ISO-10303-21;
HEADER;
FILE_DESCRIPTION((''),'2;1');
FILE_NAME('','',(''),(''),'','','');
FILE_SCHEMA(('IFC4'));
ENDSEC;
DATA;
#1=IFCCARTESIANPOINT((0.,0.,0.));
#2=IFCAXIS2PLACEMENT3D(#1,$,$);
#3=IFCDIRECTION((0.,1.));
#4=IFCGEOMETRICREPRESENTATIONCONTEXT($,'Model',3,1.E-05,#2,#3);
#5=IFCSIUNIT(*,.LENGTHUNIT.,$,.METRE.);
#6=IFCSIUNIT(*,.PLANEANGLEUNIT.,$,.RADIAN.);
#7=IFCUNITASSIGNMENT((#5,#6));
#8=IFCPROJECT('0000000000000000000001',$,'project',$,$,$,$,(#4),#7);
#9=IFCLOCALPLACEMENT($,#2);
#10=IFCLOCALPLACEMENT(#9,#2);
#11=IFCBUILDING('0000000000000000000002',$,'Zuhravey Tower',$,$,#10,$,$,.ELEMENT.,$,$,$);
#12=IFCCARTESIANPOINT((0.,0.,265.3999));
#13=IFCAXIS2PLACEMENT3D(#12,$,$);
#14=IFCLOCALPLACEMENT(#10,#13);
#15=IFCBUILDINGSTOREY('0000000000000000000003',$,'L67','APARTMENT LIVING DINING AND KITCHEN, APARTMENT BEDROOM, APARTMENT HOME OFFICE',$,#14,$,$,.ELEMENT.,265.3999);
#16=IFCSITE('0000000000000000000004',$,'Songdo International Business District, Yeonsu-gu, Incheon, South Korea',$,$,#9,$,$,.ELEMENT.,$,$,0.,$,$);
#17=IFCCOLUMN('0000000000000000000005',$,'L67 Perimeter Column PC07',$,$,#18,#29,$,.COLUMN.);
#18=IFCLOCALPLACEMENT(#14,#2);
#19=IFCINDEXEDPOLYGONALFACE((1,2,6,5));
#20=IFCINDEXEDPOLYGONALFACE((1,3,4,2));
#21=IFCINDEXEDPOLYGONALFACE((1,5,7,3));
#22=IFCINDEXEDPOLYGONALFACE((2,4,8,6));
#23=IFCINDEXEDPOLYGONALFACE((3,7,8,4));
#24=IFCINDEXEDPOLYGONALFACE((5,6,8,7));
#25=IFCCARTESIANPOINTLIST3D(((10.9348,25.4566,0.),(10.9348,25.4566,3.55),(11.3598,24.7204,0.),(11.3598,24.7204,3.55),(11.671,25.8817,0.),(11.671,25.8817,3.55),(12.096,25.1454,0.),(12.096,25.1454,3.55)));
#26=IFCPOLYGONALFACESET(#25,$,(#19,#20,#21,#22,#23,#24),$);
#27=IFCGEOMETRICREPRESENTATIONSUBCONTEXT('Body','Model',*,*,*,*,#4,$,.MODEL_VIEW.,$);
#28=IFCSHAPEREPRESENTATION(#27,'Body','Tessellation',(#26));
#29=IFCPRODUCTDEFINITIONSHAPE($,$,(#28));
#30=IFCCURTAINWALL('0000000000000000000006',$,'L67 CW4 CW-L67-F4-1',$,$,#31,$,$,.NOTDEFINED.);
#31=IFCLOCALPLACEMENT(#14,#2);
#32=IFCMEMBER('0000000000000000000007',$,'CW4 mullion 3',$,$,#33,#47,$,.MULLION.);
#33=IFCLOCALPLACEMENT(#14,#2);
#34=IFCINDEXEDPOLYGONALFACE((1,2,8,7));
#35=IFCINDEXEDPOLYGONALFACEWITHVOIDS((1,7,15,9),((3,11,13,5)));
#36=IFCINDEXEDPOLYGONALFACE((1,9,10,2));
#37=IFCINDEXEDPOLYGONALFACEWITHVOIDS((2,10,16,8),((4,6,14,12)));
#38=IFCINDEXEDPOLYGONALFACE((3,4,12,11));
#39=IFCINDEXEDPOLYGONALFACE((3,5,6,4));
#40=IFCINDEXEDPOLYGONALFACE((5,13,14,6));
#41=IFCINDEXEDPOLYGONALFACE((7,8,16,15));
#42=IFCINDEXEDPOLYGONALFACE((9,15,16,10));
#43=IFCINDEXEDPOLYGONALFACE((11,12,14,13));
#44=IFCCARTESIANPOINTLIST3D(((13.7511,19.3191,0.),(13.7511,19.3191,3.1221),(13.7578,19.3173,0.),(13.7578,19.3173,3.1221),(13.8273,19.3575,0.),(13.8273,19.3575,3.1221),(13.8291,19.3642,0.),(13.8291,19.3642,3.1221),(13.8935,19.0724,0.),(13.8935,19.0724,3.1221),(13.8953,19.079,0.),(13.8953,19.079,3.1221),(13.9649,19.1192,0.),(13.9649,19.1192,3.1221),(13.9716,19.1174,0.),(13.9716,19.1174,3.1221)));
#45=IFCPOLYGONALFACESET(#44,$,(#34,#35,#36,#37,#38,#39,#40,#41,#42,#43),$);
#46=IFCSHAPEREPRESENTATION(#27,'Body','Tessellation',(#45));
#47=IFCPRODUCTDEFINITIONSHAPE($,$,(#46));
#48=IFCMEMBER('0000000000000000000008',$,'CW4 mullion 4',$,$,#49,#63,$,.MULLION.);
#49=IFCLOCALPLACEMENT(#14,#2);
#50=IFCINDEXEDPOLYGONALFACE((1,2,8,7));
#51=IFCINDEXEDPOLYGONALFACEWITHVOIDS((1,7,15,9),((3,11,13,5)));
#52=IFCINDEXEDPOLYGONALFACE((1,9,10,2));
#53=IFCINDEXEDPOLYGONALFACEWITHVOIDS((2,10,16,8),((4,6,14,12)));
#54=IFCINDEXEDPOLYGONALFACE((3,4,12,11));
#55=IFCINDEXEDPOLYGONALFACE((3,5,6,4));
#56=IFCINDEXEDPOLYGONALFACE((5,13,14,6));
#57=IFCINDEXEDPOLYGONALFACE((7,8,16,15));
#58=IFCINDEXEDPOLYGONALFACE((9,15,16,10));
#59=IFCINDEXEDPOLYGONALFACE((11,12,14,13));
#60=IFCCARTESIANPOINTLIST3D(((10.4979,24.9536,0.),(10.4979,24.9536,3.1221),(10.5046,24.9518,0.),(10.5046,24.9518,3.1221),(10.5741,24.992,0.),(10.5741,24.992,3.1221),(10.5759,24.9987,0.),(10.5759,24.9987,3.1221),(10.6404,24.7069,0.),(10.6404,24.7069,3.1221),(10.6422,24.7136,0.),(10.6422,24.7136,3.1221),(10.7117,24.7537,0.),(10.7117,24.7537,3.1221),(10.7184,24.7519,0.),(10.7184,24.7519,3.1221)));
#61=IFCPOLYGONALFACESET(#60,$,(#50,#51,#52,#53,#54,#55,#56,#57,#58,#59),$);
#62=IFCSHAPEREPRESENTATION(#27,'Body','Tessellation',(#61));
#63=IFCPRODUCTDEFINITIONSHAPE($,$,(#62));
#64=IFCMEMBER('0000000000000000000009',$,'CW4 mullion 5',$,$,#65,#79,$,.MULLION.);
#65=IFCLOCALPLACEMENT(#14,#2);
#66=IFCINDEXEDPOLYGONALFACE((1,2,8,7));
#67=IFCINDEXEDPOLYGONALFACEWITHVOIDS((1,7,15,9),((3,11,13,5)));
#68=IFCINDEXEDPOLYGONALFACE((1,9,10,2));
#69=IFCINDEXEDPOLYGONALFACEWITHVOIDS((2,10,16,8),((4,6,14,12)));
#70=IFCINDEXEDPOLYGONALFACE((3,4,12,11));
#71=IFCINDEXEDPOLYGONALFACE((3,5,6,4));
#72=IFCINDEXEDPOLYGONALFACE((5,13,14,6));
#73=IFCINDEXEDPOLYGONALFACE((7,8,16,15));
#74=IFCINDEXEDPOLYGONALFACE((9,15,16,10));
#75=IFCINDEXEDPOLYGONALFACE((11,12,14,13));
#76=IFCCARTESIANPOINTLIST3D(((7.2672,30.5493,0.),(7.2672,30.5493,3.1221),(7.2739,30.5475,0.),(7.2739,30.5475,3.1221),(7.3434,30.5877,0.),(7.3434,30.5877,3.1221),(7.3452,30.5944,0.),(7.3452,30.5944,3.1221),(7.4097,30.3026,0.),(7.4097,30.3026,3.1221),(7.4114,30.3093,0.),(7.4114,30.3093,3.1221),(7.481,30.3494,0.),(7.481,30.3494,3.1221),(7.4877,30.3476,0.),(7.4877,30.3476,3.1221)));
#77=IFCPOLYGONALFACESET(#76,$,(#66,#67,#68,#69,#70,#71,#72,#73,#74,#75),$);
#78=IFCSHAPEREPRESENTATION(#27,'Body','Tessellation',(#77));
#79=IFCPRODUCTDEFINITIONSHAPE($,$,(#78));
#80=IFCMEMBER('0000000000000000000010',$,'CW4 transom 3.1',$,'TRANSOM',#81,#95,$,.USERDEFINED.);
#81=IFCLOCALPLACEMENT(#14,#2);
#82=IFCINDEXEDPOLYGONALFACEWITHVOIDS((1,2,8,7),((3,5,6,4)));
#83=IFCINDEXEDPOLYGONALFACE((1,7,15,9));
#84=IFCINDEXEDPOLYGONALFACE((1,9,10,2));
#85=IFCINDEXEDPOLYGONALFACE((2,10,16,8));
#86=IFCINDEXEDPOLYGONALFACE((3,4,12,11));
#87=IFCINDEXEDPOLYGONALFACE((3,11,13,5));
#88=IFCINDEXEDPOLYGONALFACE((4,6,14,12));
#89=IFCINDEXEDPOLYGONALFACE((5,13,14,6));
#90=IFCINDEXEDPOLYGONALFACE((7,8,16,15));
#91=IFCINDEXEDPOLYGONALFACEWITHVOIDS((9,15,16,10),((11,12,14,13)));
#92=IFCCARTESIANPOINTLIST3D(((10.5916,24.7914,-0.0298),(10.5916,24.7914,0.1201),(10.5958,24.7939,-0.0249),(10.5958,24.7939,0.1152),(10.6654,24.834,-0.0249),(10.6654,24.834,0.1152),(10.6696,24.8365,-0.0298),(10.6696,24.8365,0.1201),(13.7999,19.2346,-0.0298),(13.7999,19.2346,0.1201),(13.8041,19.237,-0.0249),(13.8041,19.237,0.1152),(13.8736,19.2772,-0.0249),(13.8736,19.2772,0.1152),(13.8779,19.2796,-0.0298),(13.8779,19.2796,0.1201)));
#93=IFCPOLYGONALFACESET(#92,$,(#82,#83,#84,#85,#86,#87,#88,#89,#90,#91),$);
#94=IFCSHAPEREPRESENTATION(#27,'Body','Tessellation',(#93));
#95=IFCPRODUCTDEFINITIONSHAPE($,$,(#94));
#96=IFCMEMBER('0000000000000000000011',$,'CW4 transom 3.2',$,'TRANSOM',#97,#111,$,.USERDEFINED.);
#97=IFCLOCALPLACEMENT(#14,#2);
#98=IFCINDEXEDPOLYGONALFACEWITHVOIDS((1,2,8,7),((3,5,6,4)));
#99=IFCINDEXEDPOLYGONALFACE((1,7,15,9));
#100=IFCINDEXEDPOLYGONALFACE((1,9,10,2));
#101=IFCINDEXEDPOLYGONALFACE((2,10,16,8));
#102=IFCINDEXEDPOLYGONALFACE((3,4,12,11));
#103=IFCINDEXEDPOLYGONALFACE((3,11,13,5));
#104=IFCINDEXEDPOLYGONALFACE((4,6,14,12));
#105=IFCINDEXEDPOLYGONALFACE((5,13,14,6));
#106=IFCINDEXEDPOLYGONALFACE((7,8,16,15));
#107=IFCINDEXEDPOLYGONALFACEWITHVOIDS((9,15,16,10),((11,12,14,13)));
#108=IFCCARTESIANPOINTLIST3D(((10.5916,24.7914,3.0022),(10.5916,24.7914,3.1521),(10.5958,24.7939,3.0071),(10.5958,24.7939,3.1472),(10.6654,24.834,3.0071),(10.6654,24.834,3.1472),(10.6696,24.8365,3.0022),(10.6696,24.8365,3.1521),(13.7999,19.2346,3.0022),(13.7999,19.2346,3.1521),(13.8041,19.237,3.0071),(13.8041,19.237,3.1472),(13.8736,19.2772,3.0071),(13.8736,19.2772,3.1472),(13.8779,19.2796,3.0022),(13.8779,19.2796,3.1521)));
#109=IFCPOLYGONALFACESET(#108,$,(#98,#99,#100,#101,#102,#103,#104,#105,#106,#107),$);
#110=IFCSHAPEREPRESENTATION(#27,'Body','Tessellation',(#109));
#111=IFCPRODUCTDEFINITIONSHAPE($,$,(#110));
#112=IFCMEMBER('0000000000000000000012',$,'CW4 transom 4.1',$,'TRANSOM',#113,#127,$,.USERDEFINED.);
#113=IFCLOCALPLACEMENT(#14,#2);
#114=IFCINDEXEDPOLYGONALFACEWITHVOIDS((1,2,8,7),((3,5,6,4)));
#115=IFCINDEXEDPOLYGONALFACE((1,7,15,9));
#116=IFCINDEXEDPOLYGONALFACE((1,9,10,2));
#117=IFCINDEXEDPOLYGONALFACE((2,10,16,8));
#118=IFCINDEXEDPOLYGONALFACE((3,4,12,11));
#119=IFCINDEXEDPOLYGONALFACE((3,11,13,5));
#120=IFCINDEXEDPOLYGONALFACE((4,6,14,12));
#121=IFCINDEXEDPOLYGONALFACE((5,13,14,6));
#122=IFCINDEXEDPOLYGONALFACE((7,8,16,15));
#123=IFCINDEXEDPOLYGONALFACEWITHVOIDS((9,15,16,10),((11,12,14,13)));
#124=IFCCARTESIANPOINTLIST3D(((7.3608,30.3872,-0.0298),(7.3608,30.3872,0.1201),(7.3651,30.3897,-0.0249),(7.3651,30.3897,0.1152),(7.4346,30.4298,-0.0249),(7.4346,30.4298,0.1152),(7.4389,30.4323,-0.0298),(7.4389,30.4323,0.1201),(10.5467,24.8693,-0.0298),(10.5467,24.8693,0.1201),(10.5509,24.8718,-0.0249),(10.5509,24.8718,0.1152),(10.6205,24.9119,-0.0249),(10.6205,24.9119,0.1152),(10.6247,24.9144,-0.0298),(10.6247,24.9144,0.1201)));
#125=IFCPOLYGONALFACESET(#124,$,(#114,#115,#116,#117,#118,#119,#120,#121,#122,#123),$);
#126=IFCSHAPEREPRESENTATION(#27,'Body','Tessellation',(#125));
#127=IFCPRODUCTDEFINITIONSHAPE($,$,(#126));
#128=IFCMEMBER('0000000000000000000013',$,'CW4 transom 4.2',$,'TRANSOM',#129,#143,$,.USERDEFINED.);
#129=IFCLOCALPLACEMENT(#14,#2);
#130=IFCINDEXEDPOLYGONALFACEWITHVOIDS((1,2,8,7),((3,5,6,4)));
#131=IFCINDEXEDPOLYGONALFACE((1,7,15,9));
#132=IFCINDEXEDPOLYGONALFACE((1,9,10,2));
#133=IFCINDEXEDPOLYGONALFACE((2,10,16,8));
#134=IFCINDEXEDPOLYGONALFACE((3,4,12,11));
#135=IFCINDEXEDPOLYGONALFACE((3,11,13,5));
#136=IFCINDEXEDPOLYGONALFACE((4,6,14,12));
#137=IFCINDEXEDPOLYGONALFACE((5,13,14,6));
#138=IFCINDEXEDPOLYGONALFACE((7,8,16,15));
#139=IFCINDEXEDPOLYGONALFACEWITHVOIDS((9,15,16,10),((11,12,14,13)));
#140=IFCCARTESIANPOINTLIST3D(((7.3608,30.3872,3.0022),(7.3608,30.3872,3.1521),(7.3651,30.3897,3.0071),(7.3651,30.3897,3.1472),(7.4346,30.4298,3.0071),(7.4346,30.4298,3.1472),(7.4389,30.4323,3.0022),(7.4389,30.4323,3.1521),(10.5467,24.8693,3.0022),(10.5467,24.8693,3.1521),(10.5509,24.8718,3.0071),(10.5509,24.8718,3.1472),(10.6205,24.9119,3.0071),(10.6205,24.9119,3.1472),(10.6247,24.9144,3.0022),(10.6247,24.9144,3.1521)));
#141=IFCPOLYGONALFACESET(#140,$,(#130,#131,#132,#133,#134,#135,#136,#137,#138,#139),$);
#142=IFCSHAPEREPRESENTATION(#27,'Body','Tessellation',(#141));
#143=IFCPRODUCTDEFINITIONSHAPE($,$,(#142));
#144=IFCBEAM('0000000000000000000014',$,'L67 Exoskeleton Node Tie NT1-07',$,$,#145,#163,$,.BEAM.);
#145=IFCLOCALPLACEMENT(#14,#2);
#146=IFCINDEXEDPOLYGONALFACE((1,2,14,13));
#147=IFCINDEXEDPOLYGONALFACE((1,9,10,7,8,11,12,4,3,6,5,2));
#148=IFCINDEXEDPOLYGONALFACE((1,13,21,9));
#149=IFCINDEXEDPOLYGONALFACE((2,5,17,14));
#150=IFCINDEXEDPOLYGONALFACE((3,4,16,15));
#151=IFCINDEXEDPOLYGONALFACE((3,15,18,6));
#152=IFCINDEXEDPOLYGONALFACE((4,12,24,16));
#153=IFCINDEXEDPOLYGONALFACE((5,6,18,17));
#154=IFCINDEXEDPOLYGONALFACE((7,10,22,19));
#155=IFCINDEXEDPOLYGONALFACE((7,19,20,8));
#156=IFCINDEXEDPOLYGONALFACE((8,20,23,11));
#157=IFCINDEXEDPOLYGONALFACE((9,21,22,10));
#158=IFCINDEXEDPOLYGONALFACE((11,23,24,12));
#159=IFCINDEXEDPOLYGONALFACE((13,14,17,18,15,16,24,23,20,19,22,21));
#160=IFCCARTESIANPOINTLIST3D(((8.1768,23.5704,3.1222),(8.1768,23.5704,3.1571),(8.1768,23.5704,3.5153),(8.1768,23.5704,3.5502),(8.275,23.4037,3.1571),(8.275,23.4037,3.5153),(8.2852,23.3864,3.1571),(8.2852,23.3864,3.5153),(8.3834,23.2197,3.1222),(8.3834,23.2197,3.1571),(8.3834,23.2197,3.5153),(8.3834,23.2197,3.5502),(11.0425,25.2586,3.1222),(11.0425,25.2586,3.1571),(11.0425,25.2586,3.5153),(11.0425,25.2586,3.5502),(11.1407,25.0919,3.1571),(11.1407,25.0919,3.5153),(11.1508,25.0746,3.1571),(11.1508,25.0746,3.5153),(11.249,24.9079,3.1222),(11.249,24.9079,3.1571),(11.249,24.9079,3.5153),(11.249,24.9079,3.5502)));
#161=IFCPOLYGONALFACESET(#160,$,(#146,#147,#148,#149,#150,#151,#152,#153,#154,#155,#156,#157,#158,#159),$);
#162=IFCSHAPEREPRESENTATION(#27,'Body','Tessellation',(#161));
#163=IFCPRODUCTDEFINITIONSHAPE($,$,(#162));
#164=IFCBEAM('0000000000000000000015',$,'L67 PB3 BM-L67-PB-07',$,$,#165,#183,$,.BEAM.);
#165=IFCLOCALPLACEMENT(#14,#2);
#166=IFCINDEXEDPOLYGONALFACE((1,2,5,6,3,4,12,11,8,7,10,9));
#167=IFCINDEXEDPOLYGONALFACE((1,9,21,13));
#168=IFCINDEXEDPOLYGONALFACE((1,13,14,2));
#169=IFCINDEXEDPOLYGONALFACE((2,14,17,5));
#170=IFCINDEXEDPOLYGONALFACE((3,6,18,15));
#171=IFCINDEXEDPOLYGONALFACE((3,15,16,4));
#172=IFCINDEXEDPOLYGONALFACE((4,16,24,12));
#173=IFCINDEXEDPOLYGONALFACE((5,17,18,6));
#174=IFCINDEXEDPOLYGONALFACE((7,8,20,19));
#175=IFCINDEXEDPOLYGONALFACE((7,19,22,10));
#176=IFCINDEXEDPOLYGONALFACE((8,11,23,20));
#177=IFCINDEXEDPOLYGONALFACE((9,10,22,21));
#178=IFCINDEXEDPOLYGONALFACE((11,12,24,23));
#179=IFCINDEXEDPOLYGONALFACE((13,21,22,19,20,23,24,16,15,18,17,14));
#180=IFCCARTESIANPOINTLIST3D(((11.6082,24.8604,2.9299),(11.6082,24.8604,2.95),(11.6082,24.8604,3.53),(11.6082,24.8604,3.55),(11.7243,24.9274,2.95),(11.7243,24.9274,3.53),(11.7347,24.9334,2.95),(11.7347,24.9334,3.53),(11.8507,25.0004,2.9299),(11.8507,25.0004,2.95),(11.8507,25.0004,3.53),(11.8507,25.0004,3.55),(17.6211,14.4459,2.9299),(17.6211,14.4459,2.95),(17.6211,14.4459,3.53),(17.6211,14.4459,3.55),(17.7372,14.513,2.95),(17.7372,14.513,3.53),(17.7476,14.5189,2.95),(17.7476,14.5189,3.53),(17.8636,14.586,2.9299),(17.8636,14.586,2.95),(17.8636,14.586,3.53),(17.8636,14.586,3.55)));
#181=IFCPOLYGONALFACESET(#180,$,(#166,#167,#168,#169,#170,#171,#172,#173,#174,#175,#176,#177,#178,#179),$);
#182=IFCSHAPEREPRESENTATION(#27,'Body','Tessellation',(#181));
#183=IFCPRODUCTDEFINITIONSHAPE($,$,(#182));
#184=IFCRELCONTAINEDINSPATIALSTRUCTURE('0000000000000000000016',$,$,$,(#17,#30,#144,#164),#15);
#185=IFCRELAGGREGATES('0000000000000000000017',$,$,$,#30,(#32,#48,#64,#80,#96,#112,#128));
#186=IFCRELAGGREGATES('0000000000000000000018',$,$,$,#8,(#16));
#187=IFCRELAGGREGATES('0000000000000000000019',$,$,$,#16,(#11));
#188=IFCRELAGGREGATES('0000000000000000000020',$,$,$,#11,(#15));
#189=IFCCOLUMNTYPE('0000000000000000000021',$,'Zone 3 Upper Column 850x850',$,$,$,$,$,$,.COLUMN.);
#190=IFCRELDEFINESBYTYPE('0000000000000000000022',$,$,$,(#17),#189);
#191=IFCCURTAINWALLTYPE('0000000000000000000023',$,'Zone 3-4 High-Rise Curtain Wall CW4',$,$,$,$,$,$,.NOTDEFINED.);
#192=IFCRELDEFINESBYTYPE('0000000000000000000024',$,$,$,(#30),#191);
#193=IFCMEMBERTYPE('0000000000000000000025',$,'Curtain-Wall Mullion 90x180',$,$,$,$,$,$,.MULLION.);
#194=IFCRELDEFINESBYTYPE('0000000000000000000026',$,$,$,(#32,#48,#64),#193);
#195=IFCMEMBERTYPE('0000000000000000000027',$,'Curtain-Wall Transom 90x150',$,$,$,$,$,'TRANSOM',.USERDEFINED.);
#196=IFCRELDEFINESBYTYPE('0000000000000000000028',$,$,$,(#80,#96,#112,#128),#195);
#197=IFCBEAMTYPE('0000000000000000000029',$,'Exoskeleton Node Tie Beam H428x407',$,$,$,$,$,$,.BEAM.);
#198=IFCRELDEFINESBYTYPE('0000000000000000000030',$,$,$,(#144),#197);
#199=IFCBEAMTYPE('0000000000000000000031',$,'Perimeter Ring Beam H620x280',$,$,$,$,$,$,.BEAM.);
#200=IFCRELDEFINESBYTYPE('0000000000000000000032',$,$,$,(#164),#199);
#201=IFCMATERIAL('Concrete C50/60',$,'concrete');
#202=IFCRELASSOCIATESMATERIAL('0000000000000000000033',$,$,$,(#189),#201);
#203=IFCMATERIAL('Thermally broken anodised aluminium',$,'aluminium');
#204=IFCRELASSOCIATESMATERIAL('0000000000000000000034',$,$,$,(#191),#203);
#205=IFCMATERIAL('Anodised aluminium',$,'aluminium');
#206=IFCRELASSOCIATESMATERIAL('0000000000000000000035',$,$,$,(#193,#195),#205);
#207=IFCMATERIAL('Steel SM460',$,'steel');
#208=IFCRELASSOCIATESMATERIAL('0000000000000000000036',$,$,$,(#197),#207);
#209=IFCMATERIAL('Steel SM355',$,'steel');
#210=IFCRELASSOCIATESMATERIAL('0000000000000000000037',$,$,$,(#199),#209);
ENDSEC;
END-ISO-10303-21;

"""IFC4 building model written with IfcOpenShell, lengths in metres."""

from ifc_helpers import new_model, si_unit, direction, frame, origin, origin_2d, place, context, subcontext, project, spatial, rectangle, hollow_rectangle, i_section, extrude, material, material_profile, profile_set, type_object, element, aggregate, save


model = new_model("IFC4")

# Units and contexts
model_context = context("Model", 3, precision=1e-05, world=origin(), true_north=direction((0.0, 1.0)))
body_context = subcontext(model_context, "Body", "Model", "MODEL_VIEW")
ifc_project = project(units=[si_unit("LENGTHUNIT", "METRE"), si_unit("PLANEANGLEUNIT", "RADIAN")], contexts=[model_context])

# Site, building, storey
site_placement = place(None, origin())
site = spatial("IfcSite", under=ifc_project, at=site_placement, Name="Songdo International Business District, Yeonsu-gu, Incheon, South Korea", CompositionType="ELEMENT", RefElevation=0.0)
building_placement = place(site_placement, origin())
building = spatial("IfcBuilding", under=site, at=building_placement, Name="Zuhravey Tower", CompositionType="ELEMENT")
storey_placement = place(building_placement, frame((0.0, 0.0, 265.3999)))
storey = spatial("IfcBuildingStorey", under=building, at=storey_placement, Name="L67", Description="APARTMENT LIVING DINING AND KITCHEN, APARTMENT BEDROOM, APARTMENT HOME OFFICE", CompositionType="ELEMENT", Elevation=265.3999)

# Column
ifc_material_1 = material(Name="Concrete C50/60", Category="concrete")
ifc_material_profile_1 = material_profile(ifc_material_1, rectangle(XDim=0.8501, YDim=0.8501, at=origin_2d()), Name="RC-850x850")
ifc_profile_set_1 = profile_set([ifc_material_profile_1], Name="Concrete C50/60")
column_type = type_object("IfcColumnType", Name="Zone 3 Upper Column 850x850", PredefinedType="COLUMN", material=ifc_profile_set_1)
column_placement = place(storey_placement, frame((11.5154, 25.301, 0.0), z_axis=(0.0, 0.0, 1.0), x_axis=(0.5, -0.866025, 0.0)))
element("IfcColumn", 1, at=column_placement, inside=storey, type_object=column_type, Name="L67 Perimeter Column PC07", PredefinedType="COLUMN", context=body_context, shape_type="SweptSolid", body=[
    extrude(rectangle(XDim=0.8501, YDim=0.8501, at=origin_2d()), origin(), (0.0, 0.0, 1.0), 3.55),
])

# Curtain wall, members
ifc_material_2 = material(Name="Thermally broken anodised aluminium", Category="aluminium")
curtain_wall_type = type_object("IfcCurtainWallType", Name="Zone 3-4 High-Rise Curtain Wall CW4", PredefinedType="NOTDEFINED", material=ifc_material_2)
curtain_wall_placement = place(storey_placement, origin())
curtain_wall = element("IfcCurtainWall", 2, at=curtain_wall_placement, inside=storey, type_object=curtain_wall_type, Name="L67 CW4 CW-L67-F4-1", PredefinedType="NOTDEFINED")
ifc_material_3 = material(Name="Anodised aluminium", Category="aluminium")
ifc_material_profile_2 = material_profile(ifc_material_3, hollow_rectangle(XDim=0.0901, YDim=0.2849, WallThickness=0.0049, at=origin_2d()), Name="ALU-RHS-90x285x5")
ifc_profile_set_2 = profile_set([ifc_material_profile_2], Name="Anodised aluminium")
member_type_1 = type_object("IfcMemberType", Name="Curtain-Wall Mullion 90x180", PredefinedType="MULLION", material=ifc_profile_set_2)
member_1_placement = place(storey_placement, frame((13.8613, 19.2183, 0.0), z_axis=(0.0, 0.0, 1.0), x_axis=(-0.866025, -0.500001, 0.0)))
member_1 = element("IfcMember", 3, at=member_1_placement, type_object=member_type_1, Name="CW4 mullion 3", PredefinedType="MULLION", context=body_context, shape_type="SweptSolid", body=[
    extrude(hollow_rectangle(XDim=0.0901, YDim=0.2849, WallThickness=0.0049, at=origin_2d()), origin(), (0.0, 0.0, 1.0), 3.1221),
])
member_2_placement = place(storey_placement, frame((10.6082, 24.8528, 0.0), z_axis=(0.0, 0.0, 1.0), x_axis=(-0.866025, -0.500001, 0.0)))
member_2 = element("IfcMember", 4, at=member_2_placement, type_object=member_type_1, Name="CW4 mullion 4", PredefinedType="MULLION", context=body_context, shape_type="SweptSolid", body=[
    extrude(hollow_rectangle(XDim=0.0901, YDim=0.2849, WallThickness=0.0049, at=origin_2d()), origin(), (0.0, 0.0, 1.0), 3.1221),
])
member_3_placement = place(storey_placement, frame((7.3774, 30.4485, 0.0), z_axis=(0.0, 0.0, 1.0), x_axis=(-0.866025, -0.500001, 0.0)))
member_3 = element("IfcMember", 5, at=member_3_placement, type_object=member_type_1, Name="CW4 mullion 5", PredefinedType="MULLION", context=body_context, shape_type="SweptSolid", body=[
    extrude(hollow_rectangle(XDim=0.0901, YDim=0.2849, WallThickness=0.0049, at=origin_2d()), origin(), (0.0, 0.0, 1.0), 3.1221),
])
ifc_material_profile_3 = material_profile(ifc_material_3, hollow_rectangle(XDim=0.0901, YDim=0.1499, WallThickness=0.0049, at=origin_2d()), Name="ALU-RHS-90x150x5")
ifc_profile_set_3 = profile_set([ifc_material_profile_3], Name="Anodised aluminium")
member_type_2 = type_object("IfcMemberType", Name="Curtain-Wall Transom 90x150", ElementType="TRANSOM", PredefinedType="USERDEFINED", material=ifc_profile_set_3)
member_4_placement = place(storey_placement, frame((13.8389, 19.2571, 0.0452), z_axis=(-0.499998, 0.866027, 0.0), x_axis=(-0.866027, -0.499998, 0.0)))
member_4 = element("IfcMember", 6, at=member_4_placement, type_object=member_type_2, Name="CW4 transom 3.1", ObjectType="TRANSOM", PredefinedType="USERDEFINED", context=body_context, shape_type="SweptSolid", body=[
    extrude(hollow_rectangle(XDim=0.0901, YDim=0.1499, WallThickness=0.0049, at=origin_2d()), origin(), (0.0, 0.0, 1.0), 6.4165),
])
member_5_placement = place(storey_placement, frame((13.8389, 19.2571, 3.0771), z_axis=(-0.499998, 0.866027, 0.0), x_axis=(-0.866027, -0.499998, 0.0)))
member_5 = element("IfcMember", 7, at=member_5_placement, type_object=member_type_2, Name="CW4 transom 3.2", ObjectType="TRANSOM", PredefinedType="USERDEFINED", context=body_context, shape_type="SweptSolid", body=[
    extrude(hollow_rectangle(XDim=0.0901, YDim=0.1499, WallThickness=0.0049, at=origin_2d()), origin(), (0.0, 0.0, 1.0), 6.4165),
])
member_6_placement = place(storey_placement, frame((10.5857, 24.8918, 0.0452), z_axis=(-0.500009, 0.86602, 0.0), x_axis=(-0.86602, -0.500009, 0.0)))
member_6 = element("IfcMember", 8, at=member_6_placement, type_object=member_type_2, Name="CW4 transom 4.1", ObjectType="TRANSOM", PredefinedType="USERDEFINED", context=body_context, shape_type="SweptSolid", body=[
    extrude(hollow_rectangle(XDim=0.0901, YDim=0.1499, WallThickness=0.0049, at=origin_2d()), origin(), (0.0, 0.0, 1.0), 6.3716),
])
member_7_placement = place(storey_placement, frame((10.5857, 24.8918, 3.0771), z_axis=(-0.500009, 0.86602, 0.0), x_axis=(-0.86602, -0.500009, 0.0)))
member_7 = element("IfcMember", 9, at=member_7_placement, type_object=member_type_2, Name="CW4 transom 4.2", ObjectType="TRANSOM", PredefinedType="USERDEFINED", context=body_context, shape_type="SweptSolid", body=[
    extrude(hollow_rectangle(XDim=0.0901, YDim=0.1499, WallThickness=0.0049, at=origin_2d()), origin(), (0.0, 0.0, 1.0), 6.3716),
])

# Beams
ifc_material_4 = material(Name="Steel SM460", Category="steel")
ifc_material_profile_4 = material_profile(ifc_material_4, i_section(OverallWidth=0.407, OverallDepth=0.428, WebThickness=0.02, FlangeThickness=0.0349, at=origin_2d()), Name="H-428x407x20x35")
ifc_profile_set_4 = profile_set([ifc_material_profile_4], Name="Steel SM460")
beam_type_1 = type_object("IfcBeamType", Name="Exoskeleton Node Tie Beam H428x407", PredefinedType="BEAM", material=ifc_profile_set_4)
beam_1_placement = place(storey_placement, frame((11.1458, 25.0833, 3.3362), z_axis=(-0.861604, -0.507581, 0.0), x_axis=(0.507581, -0.861604, 0.0)))
element("IfcBeam", 10, at=beam_1_placement, inside=storey, type_object=beam_type_1, Name="L67 Exoskeleton Node Tie NT1-07", PredefinedType="BEAM", context=body_context, shape_type="SweptSolid", body=[
    extrude(i_section(OverallWidth=0.407, OverallDepth=0.428, WebThickness=0.02, FlangeThickness=0.0349, at=origin_2d()), origin(), (0.0, 0.0, 1.0), 3.3259),
])
ifc_material_5 = material(Name="Steel SM355", Category="steel")
ifc_material_profile_5 = material_profile(ifc_material_5, i_section(OverallWidth=0.28, OverallDepth=0.6201, WebThickness=0.012, FlangeThickness=0.02, at=origin_2d()), Name="H-620x280x12x20")
ifc_profile_set_5 = profile_set([ifc_material_profile_5], Name="Steel SM355")
beam_type_2 = type_object("IfcBeamType", Name="Perimeter Ring Beam H620x280", PredefinedType="BEAM", material=ifc_profile_set_5)
beam_2_placement = place(storey_placement, frame((11.7295, 24.9304, 3.24), z_axis=(0.500006, -0.866022, 0.0), x_axis=(0.866022, 0.500006, 0.0)))
element("IfcBeam", 11, at=beam_2_placement, inside=storey, type_object=beam_type_2, Name="L67 PB3 BM-L67-PB-07", PredefinedType="BEAM", context=body_context, shape_type="SweptSolid", body=[
    extrude(i_section(OverallWidth=0.28, OverallDepth=0.6201, WebThickness=0.012, FlangeThickness=0.02, at=origin_2d()), origin(), (0.0, 0.0, 1.0), 12.0256),
])

aggregate(curtain_wall, [member_1, member_2, member_3, member_4, member_5, member_6, member_7])

save(model, "model.ifc")
